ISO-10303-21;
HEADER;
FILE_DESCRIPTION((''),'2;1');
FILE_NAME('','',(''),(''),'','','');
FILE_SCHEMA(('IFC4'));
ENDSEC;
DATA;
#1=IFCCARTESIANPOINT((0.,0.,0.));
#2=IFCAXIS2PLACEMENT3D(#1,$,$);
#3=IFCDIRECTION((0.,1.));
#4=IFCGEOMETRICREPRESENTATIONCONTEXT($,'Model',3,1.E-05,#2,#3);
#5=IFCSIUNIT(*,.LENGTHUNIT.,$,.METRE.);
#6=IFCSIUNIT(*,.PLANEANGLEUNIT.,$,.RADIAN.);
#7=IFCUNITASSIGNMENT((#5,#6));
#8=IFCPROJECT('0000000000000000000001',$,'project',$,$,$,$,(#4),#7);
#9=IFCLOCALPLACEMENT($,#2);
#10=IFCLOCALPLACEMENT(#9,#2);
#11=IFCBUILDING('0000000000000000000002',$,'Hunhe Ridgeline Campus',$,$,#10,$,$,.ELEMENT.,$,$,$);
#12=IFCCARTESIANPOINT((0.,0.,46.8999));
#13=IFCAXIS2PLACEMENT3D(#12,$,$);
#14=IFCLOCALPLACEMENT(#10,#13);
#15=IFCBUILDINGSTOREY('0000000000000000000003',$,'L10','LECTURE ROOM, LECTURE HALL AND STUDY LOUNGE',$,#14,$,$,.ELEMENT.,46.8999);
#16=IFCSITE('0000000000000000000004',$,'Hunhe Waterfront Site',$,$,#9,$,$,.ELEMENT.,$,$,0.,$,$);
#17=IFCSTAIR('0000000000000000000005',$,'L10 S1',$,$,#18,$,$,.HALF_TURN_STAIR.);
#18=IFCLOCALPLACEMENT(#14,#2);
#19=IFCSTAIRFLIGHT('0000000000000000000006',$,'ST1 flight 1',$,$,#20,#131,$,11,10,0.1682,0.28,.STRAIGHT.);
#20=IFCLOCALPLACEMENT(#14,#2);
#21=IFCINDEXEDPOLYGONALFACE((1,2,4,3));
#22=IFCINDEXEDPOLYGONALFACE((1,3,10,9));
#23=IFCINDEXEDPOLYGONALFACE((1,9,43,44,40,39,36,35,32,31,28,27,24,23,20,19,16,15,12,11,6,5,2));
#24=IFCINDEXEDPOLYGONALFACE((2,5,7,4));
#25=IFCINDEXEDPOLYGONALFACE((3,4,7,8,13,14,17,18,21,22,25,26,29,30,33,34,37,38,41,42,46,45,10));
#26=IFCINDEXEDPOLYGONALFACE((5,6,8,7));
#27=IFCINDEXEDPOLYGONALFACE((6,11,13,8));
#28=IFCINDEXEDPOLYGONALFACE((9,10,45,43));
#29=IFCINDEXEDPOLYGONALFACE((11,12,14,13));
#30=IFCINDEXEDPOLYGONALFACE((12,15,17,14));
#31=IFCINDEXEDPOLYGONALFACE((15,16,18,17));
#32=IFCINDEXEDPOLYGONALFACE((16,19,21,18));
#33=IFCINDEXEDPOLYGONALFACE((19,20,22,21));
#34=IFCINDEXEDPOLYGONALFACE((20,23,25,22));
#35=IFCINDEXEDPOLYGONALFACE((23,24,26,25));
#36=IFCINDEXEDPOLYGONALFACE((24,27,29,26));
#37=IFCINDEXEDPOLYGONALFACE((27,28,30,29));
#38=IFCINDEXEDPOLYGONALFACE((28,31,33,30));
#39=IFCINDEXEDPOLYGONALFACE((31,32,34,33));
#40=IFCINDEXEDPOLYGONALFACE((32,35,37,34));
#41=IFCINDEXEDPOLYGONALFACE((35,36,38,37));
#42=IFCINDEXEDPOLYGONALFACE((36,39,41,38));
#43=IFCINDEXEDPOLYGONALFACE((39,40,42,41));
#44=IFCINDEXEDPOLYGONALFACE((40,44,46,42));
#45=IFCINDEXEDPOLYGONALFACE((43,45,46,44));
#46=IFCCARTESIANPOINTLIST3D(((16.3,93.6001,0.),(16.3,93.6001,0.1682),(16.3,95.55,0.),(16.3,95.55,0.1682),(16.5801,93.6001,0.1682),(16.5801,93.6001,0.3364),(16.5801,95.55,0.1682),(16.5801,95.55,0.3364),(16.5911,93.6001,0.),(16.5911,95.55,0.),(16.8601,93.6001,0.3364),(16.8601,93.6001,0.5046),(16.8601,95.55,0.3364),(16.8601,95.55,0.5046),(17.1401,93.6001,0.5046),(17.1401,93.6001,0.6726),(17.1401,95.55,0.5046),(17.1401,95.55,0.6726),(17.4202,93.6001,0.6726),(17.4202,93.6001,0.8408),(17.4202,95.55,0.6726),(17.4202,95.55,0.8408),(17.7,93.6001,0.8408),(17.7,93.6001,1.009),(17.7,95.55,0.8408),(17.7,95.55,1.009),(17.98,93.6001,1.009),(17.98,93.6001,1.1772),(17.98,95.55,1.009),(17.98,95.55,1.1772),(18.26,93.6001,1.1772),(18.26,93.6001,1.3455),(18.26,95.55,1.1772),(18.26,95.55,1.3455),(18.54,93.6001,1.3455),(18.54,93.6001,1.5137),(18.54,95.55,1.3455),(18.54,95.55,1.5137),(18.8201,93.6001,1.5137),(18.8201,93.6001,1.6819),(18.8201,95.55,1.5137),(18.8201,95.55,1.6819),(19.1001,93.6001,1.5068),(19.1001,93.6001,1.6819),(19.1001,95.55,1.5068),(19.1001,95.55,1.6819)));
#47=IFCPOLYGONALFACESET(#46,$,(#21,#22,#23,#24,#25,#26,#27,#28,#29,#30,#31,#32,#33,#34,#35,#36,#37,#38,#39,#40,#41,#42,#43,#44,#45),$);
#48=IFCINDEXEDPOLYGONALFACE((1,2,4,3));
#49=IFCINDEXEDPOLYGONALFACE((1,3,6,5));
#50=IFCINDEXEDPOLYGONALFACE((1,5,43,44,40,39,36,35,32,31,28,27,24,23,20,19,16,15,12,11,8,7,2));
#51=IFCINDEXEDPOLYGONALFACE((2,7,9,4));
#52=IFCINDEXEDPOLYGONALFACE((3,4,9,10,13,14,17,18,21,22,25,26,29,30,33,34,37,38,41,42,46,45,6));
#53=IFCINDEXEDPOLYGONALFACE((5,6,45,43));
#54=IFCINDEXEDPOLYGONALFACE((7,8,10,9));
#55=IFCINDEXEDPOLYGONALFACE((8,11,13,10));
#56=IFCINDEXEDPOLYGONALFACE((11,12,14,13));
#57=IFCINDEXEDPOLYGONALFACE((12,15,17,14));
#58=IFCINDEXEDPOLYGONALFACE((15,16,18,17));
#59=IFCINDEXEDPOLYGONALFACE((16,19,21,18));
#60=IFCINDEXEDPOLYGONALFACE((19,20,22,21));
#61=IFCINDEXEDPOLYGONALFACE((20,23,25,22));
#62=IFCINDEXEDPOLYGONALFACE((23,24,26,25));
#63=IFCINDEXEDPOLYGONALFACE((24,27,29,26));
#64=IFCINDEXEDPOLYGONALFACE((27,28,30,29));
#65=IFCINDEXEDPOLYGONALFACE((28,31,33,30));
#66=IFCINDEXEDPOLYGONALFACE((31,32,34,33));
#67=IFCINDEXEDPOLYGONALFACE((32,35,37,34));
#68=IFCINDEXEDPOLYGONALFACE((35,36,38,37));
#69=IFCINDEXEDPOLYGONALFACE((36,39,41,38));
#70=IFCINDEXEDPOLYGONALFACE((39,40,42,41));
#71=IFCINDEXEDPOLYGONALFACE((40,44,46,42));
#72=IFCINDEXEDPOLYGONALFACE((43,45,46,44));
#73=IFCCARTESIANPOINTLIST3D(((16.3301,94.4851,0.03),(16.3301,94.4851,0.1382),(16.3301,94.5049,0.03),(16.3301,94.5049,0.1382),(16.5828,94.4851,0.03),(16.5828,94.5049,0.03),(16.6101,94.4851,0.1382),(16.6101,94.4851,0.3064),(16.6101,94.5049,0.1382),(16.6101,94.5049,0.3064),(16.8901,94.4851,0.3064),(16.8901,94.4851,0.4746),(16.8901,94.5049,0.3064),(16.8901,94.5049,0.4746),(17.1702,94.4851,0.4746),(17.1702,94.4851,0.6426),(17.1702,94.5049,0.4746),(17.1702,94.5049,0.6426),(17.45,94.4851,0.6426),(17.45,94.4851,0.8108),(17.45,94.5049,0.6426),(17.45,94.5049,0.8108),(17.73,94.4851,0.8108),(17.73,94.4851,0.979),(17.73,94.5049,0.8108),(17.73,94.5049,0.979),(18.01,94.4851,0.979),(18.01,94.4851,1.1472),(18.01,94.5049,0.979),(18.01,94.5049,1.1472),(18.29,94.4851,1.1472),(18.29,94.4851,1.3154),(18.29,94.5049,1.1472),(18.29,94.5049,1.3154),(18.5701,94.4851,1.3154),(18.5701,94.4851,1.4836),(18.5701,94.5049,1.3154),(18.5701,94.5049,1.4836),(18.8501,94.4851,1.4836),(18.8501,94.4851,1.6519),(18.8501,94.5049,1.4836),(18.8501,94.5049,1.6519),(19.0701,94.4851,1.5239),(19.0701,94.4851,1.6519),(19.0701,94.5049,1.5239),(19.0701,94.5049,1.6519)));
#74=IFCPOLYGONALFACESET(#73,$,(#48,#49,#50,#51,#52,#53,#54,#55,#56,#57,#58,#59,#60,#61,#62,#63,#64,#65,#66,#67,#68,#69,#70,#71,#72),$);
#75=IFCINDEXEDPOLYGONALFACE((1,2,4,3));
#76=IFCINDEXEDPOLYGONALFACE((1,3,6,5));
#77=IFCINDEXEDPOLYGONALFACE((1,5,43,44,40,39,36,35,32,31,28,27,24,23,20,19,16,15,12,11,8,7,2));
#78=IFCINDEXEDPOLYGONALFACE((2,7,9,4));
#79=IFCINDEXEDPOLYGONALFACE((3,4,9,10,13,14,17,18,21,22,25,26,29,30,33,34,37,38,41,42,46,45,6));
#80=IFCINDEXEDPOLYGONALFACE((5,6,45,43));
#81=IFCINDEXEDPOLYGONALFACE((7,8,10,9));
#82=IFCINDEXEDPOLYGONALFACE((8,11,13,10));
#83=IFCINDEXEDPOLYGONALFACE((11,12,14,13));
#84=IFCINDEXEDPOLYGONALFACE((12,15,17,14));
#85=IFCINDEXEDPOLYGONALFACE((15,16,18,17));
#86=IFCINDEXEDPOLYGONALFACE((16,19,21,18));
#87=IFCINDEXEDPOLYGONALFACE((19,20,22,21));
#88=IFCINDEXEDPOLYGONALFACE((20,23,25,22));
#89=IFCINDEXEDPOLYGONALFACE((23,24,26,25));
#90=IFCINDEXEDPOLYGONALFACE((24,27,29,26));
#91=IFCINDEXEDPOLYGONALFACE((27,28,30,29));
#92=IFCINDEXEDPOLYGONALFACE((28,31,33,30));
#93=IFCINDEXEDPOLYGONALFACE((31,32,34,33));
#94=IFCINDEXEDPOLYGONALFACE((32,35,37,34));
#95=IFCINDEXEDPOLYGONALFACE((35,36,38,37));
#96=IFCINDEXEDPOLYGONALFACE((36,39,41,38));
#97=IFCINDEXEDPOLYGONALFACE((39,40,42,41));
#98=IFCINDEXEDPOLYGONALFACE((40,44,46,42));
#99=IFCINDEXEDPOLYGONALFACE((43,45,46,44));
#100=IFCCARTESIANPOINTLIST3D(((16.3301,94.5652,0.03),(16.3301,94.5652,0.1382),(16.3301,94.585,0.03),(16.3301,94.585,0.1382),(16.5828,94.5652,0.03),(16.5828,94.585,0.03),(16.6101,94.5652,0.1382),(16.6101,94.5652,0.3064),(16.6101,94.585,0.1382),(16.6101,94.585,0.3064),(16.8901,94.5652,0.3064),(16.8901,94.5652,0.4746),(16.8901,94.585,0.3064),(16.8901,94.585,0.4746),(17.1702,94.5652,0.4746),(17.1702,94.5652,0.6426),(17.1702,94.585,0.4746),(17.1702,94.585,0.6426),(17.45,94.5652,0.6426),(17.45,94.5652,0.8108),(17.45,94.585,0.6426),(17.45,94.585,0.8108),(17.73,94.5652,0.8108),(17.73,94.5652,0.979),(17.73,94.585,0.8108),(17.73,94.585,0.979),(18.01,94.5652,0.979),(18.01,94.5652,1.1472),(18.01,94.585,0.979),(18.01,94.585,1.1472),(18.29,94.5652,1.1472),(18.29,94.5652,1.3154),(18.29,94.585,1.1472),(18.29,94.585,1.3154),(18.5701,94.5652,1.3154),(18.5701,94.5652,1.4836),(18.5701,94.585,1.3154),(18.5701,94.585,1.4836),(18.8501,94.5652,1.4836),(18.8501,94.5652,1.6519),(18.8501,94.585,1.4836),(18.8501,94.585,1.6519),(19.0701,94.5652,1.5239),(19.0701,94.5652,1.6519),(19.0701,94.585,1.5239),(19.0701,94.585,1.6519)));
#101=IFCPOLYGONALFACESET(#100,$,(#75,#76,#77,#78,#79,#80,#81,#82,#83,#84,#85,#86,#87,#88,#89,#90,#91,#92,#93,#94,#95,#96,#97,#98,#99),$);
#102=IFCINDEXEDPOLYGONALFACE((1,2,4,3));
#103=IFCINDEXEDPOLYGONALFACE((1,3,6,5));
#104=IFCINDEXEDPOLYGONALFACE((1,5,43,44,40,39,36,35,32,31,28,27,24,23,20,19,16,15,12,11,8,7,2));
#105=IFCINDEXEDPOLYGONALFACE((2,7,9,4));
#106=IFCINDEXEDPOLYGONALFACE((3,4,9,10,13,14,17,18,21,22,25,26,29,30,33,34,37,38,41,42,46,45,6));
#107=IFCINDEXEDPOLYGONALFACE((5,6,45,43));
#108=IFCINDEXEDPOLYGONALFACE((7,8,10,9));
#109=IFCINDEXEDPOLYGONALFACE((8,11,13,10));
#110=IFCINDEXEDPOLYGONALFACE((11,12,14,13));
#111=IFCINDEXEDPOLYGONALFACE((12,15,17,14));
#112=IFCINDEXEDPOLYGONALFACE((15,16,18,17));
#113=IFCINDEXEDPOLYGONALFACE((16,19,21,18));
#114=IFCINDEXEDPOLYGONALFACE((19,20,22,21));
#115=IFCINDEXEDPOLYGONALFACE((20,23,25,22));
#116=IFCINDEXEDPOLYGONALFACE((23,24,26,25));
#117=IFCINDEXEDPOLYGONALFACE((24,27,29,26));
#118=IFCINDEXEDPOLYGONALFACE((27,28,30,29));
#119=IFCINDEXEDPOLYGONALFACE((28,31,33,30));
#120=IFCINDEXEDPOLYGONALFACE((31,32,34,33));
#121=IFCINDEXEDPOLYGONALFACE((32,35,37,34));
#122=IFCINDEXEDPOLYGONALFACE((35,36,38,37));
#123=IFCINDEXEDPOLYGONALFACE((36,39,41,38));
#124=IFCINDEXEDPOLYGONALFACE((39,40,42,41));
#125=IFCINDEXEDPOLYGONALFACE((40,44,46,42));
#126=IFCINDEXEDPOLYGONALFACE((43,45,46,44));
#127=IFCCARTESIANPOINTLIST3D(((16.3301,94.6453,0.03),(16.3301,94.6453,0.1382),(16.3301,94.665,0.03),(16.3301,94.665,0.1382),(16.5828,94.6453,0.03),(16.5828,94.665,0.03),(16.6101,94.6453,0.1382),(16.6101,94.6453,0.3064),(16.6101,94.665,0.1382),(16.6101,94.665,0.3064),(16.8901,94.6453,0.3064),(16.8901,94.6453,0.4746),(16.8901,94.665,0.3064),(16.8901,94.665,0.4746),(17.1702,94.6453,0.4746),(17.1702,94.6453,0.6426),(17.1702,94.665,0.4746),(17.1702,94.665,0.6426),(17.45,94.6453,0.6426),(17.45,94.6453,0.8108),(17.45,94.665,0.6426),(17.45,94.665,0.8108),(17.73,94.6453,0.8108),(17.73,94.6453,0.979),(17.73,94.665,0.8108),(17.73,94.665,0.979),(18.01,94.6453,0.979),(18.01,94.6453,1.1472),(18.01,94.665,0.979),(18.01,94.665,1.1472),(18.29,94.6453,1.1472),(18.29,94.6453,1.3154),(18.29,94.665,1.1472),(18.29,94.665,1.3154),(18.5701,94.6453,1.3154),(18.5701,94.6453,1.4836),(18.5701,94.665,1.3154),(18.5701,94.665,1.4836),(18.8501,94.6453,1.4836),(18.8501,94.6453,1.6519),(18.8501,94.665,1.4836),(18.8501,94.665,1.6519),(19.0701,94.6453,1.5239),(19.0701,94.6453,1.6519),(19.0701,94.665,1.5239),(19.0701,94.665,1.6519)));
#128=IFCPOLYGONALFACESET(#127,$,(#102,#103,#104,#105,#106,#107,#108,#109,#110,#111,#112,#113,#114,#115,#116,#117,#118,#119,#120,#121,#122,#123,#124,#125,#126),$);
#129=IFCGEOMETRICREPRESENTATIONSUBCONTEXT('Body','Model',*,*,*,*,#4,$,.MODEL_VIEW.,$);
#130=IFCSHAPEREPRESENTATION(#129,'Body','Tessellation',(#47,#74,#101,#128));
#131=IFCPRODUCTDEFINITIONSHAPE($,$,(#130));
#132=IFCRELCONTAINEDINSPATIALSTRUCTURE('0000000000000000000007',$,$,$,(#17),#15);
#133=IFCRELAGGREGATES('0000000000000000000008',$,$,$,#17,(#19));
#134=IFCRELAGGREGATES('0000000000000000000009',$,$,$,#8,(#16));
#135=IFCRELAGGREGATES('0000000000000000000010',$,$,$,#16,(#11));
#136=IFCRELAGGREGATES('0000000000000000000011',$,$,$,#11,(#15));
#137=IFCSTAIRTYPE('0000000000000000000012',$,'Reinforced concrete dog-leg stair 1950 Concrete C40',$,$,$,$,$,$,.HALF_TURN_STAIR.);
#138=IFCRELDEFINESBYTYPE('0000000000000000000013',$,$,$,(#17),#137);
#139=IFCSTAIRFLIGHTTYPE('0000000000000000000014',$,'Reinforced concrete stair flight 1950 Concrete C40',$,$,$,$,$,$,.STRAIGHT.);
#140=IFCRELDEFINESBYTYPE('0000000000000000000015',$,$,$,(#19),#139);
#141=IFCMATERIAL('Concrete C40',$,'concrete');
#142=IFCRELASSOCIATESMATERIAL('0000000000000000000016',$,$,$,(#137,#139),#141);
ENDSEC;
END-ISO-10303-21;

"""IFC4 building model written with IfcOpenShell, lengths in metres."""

from ifc_helpers import new_model, si_unit, direction, frame, origin, place, context, subcontext, project, spatial, polyline, outline, extrude, material, type_object, element, aggregate, save


model = new_model("IFC4")

# Units and contexts
model_context = context("Model", 3, precision=1e-05, world=origin(), true_north=direction((0.0, 1.0)))
body_context = subcontext(model_context, "Body", "Model", "MODEL_VIEW")
ifc_project = project(units=[si_unit("LENGTHUNIT", "METRE"), si_unit("PLANEANGLEUNIT", "RADIAN")], contexts=[model_context])

# Site, building, storey
site_placement = place(None, origin())
site = spatial("IfcSite", under=ifc_project, at=site_placement, Name="Hunhe Waterfront Site", CompositionType="ELEMENT", RefElevation=0.0)
building_placement = place(site_placement, origin())
building = spatial("IfcBuilding", under=site, at=building_placement, Name="Hunhe Ridgeline Campus", CompositionType="ELEMENT")
storey_placement = place(building_placement, frame((0.0, 0.0, 46.8999)))
storey = spatial("IfcBuildingStorey", under=building, at=storey_placement, Name="L10", Description="LECTURE ROOM, LECTURE HALL AND STUDY LOUNGE", CompositionType="ELEMENT", Elevation=46.8999)

# Stair, stair flight
ifc_material_1 = material(Name="Concrete C40", Category="concrete")
stair_type = type_object("IfcStairType", Name="Reinforced concrete dog-leg stair 1950 Concrete C40", PredefinedType="HALF_TURN_STAIR", material=ifc_material_1)
stair_placement = place(storey_placement, origin())
stair = element("IfcStair", 1, at=stair_placement, inside=storey, type_object=stair_type, Name="L10 S1", PredefinedType="HALF_TURN_STAIR")
stair_flight_type = type_object("IfcStairFlightType", Name="Reinforced concrete stair flight 1950 Concrete C40", PredefinedType="STRAIGHT", material=ifc_material_1)
stair_flight_1_placement = place(storey_placement, frame((16.3, 94.575, 0.0), z_axis=(0.0, 0.0, 1.0), x_axis=(1.0, 0.0, 0.0)))
stair_flight_1 = element("IfcStairFlight", 2, at=stair_flight_1_placement, type_object=stair_flight_type, Name="ST1 flight 1", NumberOfRisers=11, NumberOfTreads=10, PredefinedType="STRAIGHT", RiserHeight=0.1682, TreadLength=0.28, context=body_context, shape_type="SweptSolid", body=[
    extrude(outline(polyline([(0.0, 0.0), (0.0, 0.1682), (0.28, 0.1682), (0.28, 0.3364), (0.5601, 0.3364), (0.5601, 0.5046), (0.8401, 0.5046), (0.8401, 0.6726), (1.1201, 0.6726), (1.1201, 0.8408), (1.3999, 0.8408), (1.3999, 1.009), (1.6799, 1.009), (1.6799, 1.1772), (1.96, 1.1772), (1.96, 1.3455), (2.24, 1.3455), (2.24, 1.5137), (2.52, 1.5137), (2.52, 1.6819), (2.8, 1.6819), (2.8, 1.8501), (2.8, 1.5068), (0.291, 0.0), (0.0, 0.0)])), frame((0.0, 0.9751, 0.0), z_axis=(0.0, -1.0, 0.0), x_axis=(1.0, 0.0, 0.0)), (0.0, 0.0, 1.0), 1.95),
    extrude(outline(polyline([(0.03, 0.03), (0.03, 0.1382), (0.3101, 0.1382), (0.3101, 0.3064), (0.5901, 0.3064), (0.5901, 0.4746), (0.8701, 0.4746), (0.8701, 0.6426), (1.1499, 0.6426), (1.1499, 0.8108), (1.4299, 0.8108), (1.4299, 0.979), (1.71, 0.979), (1.71, 1.1472), (1.99, 1.1472), (1.99, 1.3154), (2.27, 1.3154), (2.27, 1.4836), (2.55, 1.4836), (2.55, 1.6519), (2.77, 1.6519), (2.77, 1.5239), (0.2827, 0.03), (0.03, 0.03)])), frame((0.0, -0.0701, 0.0), z_axis=(0.0, -1.0, 0.0), x_axis=(1.0, 0.0, 0.0)), (0.0, 0.0, 1.0), 0.0198),
    extrude(outline(polyline([(0.03, 0.03), (0.03, 0.1382), (0.3101, 0.1382), (0.3101, 0.3064), (0.5901, 0.3064), (0.5901, 0.4746), (0.8701, 0.4746), (0.8701, 0.6426), (1.1499, 0.6426), (1.1499, 0.8108), (1.4299, 0.8108), (1.4299, 0.979), (1.71, 0.979), (1.71, 1.1472), (1.99, 1.1472), (1.99, 1.3154), (2.27, 1.3154), (2.27, 1.4836), (2.55, 1.4836), (2.55, 1.6519), (2.77, 1.6519), (2.77, 1.5239), (0.2827, 0.03), (0.03, 0.03)])), frame((0.0, 0.01, 0.0), z_axis=(0.0, -1.0, 0.0), x_axis=(1.0, 0.0, 0.0)), (0.0, 0.0, 1.0), 0.0198),
    extrude(outline(polyline([(0.03, 0.03), (0.03, 0.1382), (0.3101, 0.1382), (0.3101, 0.3064), (0.5901, 0.3064), (0.5901, 0.4746), (0.8701, 0.4746), (0.8701, 0.6426), (1.1499, 0.6426), (1.1499, 0.8108), (1.4299, 0.8108), (1.4299, 0.979), (1.71, 0.979), (1.71, 1.1472), (1.99, 1.1472), (1.99, 1.3154), (2.27, 1.3154), (2.27, 1.4836), (2.55, 1.4836), (2.55, 1.6519), (2.77, 1.6519), (2.77, 1.5239), (0.2827, 0.03), (0.03, 0.03)])), frame((0.0, 0.0901, 0.0), z_axis=(0.0, -1.0, 0.0), x_axis=(1.0, 0.0, 0.0)), (0.0, 0.0, 1.0), 0.0198),
])
aggregate(stair, [stair_flight_1])

save(model, "model.ifc")
